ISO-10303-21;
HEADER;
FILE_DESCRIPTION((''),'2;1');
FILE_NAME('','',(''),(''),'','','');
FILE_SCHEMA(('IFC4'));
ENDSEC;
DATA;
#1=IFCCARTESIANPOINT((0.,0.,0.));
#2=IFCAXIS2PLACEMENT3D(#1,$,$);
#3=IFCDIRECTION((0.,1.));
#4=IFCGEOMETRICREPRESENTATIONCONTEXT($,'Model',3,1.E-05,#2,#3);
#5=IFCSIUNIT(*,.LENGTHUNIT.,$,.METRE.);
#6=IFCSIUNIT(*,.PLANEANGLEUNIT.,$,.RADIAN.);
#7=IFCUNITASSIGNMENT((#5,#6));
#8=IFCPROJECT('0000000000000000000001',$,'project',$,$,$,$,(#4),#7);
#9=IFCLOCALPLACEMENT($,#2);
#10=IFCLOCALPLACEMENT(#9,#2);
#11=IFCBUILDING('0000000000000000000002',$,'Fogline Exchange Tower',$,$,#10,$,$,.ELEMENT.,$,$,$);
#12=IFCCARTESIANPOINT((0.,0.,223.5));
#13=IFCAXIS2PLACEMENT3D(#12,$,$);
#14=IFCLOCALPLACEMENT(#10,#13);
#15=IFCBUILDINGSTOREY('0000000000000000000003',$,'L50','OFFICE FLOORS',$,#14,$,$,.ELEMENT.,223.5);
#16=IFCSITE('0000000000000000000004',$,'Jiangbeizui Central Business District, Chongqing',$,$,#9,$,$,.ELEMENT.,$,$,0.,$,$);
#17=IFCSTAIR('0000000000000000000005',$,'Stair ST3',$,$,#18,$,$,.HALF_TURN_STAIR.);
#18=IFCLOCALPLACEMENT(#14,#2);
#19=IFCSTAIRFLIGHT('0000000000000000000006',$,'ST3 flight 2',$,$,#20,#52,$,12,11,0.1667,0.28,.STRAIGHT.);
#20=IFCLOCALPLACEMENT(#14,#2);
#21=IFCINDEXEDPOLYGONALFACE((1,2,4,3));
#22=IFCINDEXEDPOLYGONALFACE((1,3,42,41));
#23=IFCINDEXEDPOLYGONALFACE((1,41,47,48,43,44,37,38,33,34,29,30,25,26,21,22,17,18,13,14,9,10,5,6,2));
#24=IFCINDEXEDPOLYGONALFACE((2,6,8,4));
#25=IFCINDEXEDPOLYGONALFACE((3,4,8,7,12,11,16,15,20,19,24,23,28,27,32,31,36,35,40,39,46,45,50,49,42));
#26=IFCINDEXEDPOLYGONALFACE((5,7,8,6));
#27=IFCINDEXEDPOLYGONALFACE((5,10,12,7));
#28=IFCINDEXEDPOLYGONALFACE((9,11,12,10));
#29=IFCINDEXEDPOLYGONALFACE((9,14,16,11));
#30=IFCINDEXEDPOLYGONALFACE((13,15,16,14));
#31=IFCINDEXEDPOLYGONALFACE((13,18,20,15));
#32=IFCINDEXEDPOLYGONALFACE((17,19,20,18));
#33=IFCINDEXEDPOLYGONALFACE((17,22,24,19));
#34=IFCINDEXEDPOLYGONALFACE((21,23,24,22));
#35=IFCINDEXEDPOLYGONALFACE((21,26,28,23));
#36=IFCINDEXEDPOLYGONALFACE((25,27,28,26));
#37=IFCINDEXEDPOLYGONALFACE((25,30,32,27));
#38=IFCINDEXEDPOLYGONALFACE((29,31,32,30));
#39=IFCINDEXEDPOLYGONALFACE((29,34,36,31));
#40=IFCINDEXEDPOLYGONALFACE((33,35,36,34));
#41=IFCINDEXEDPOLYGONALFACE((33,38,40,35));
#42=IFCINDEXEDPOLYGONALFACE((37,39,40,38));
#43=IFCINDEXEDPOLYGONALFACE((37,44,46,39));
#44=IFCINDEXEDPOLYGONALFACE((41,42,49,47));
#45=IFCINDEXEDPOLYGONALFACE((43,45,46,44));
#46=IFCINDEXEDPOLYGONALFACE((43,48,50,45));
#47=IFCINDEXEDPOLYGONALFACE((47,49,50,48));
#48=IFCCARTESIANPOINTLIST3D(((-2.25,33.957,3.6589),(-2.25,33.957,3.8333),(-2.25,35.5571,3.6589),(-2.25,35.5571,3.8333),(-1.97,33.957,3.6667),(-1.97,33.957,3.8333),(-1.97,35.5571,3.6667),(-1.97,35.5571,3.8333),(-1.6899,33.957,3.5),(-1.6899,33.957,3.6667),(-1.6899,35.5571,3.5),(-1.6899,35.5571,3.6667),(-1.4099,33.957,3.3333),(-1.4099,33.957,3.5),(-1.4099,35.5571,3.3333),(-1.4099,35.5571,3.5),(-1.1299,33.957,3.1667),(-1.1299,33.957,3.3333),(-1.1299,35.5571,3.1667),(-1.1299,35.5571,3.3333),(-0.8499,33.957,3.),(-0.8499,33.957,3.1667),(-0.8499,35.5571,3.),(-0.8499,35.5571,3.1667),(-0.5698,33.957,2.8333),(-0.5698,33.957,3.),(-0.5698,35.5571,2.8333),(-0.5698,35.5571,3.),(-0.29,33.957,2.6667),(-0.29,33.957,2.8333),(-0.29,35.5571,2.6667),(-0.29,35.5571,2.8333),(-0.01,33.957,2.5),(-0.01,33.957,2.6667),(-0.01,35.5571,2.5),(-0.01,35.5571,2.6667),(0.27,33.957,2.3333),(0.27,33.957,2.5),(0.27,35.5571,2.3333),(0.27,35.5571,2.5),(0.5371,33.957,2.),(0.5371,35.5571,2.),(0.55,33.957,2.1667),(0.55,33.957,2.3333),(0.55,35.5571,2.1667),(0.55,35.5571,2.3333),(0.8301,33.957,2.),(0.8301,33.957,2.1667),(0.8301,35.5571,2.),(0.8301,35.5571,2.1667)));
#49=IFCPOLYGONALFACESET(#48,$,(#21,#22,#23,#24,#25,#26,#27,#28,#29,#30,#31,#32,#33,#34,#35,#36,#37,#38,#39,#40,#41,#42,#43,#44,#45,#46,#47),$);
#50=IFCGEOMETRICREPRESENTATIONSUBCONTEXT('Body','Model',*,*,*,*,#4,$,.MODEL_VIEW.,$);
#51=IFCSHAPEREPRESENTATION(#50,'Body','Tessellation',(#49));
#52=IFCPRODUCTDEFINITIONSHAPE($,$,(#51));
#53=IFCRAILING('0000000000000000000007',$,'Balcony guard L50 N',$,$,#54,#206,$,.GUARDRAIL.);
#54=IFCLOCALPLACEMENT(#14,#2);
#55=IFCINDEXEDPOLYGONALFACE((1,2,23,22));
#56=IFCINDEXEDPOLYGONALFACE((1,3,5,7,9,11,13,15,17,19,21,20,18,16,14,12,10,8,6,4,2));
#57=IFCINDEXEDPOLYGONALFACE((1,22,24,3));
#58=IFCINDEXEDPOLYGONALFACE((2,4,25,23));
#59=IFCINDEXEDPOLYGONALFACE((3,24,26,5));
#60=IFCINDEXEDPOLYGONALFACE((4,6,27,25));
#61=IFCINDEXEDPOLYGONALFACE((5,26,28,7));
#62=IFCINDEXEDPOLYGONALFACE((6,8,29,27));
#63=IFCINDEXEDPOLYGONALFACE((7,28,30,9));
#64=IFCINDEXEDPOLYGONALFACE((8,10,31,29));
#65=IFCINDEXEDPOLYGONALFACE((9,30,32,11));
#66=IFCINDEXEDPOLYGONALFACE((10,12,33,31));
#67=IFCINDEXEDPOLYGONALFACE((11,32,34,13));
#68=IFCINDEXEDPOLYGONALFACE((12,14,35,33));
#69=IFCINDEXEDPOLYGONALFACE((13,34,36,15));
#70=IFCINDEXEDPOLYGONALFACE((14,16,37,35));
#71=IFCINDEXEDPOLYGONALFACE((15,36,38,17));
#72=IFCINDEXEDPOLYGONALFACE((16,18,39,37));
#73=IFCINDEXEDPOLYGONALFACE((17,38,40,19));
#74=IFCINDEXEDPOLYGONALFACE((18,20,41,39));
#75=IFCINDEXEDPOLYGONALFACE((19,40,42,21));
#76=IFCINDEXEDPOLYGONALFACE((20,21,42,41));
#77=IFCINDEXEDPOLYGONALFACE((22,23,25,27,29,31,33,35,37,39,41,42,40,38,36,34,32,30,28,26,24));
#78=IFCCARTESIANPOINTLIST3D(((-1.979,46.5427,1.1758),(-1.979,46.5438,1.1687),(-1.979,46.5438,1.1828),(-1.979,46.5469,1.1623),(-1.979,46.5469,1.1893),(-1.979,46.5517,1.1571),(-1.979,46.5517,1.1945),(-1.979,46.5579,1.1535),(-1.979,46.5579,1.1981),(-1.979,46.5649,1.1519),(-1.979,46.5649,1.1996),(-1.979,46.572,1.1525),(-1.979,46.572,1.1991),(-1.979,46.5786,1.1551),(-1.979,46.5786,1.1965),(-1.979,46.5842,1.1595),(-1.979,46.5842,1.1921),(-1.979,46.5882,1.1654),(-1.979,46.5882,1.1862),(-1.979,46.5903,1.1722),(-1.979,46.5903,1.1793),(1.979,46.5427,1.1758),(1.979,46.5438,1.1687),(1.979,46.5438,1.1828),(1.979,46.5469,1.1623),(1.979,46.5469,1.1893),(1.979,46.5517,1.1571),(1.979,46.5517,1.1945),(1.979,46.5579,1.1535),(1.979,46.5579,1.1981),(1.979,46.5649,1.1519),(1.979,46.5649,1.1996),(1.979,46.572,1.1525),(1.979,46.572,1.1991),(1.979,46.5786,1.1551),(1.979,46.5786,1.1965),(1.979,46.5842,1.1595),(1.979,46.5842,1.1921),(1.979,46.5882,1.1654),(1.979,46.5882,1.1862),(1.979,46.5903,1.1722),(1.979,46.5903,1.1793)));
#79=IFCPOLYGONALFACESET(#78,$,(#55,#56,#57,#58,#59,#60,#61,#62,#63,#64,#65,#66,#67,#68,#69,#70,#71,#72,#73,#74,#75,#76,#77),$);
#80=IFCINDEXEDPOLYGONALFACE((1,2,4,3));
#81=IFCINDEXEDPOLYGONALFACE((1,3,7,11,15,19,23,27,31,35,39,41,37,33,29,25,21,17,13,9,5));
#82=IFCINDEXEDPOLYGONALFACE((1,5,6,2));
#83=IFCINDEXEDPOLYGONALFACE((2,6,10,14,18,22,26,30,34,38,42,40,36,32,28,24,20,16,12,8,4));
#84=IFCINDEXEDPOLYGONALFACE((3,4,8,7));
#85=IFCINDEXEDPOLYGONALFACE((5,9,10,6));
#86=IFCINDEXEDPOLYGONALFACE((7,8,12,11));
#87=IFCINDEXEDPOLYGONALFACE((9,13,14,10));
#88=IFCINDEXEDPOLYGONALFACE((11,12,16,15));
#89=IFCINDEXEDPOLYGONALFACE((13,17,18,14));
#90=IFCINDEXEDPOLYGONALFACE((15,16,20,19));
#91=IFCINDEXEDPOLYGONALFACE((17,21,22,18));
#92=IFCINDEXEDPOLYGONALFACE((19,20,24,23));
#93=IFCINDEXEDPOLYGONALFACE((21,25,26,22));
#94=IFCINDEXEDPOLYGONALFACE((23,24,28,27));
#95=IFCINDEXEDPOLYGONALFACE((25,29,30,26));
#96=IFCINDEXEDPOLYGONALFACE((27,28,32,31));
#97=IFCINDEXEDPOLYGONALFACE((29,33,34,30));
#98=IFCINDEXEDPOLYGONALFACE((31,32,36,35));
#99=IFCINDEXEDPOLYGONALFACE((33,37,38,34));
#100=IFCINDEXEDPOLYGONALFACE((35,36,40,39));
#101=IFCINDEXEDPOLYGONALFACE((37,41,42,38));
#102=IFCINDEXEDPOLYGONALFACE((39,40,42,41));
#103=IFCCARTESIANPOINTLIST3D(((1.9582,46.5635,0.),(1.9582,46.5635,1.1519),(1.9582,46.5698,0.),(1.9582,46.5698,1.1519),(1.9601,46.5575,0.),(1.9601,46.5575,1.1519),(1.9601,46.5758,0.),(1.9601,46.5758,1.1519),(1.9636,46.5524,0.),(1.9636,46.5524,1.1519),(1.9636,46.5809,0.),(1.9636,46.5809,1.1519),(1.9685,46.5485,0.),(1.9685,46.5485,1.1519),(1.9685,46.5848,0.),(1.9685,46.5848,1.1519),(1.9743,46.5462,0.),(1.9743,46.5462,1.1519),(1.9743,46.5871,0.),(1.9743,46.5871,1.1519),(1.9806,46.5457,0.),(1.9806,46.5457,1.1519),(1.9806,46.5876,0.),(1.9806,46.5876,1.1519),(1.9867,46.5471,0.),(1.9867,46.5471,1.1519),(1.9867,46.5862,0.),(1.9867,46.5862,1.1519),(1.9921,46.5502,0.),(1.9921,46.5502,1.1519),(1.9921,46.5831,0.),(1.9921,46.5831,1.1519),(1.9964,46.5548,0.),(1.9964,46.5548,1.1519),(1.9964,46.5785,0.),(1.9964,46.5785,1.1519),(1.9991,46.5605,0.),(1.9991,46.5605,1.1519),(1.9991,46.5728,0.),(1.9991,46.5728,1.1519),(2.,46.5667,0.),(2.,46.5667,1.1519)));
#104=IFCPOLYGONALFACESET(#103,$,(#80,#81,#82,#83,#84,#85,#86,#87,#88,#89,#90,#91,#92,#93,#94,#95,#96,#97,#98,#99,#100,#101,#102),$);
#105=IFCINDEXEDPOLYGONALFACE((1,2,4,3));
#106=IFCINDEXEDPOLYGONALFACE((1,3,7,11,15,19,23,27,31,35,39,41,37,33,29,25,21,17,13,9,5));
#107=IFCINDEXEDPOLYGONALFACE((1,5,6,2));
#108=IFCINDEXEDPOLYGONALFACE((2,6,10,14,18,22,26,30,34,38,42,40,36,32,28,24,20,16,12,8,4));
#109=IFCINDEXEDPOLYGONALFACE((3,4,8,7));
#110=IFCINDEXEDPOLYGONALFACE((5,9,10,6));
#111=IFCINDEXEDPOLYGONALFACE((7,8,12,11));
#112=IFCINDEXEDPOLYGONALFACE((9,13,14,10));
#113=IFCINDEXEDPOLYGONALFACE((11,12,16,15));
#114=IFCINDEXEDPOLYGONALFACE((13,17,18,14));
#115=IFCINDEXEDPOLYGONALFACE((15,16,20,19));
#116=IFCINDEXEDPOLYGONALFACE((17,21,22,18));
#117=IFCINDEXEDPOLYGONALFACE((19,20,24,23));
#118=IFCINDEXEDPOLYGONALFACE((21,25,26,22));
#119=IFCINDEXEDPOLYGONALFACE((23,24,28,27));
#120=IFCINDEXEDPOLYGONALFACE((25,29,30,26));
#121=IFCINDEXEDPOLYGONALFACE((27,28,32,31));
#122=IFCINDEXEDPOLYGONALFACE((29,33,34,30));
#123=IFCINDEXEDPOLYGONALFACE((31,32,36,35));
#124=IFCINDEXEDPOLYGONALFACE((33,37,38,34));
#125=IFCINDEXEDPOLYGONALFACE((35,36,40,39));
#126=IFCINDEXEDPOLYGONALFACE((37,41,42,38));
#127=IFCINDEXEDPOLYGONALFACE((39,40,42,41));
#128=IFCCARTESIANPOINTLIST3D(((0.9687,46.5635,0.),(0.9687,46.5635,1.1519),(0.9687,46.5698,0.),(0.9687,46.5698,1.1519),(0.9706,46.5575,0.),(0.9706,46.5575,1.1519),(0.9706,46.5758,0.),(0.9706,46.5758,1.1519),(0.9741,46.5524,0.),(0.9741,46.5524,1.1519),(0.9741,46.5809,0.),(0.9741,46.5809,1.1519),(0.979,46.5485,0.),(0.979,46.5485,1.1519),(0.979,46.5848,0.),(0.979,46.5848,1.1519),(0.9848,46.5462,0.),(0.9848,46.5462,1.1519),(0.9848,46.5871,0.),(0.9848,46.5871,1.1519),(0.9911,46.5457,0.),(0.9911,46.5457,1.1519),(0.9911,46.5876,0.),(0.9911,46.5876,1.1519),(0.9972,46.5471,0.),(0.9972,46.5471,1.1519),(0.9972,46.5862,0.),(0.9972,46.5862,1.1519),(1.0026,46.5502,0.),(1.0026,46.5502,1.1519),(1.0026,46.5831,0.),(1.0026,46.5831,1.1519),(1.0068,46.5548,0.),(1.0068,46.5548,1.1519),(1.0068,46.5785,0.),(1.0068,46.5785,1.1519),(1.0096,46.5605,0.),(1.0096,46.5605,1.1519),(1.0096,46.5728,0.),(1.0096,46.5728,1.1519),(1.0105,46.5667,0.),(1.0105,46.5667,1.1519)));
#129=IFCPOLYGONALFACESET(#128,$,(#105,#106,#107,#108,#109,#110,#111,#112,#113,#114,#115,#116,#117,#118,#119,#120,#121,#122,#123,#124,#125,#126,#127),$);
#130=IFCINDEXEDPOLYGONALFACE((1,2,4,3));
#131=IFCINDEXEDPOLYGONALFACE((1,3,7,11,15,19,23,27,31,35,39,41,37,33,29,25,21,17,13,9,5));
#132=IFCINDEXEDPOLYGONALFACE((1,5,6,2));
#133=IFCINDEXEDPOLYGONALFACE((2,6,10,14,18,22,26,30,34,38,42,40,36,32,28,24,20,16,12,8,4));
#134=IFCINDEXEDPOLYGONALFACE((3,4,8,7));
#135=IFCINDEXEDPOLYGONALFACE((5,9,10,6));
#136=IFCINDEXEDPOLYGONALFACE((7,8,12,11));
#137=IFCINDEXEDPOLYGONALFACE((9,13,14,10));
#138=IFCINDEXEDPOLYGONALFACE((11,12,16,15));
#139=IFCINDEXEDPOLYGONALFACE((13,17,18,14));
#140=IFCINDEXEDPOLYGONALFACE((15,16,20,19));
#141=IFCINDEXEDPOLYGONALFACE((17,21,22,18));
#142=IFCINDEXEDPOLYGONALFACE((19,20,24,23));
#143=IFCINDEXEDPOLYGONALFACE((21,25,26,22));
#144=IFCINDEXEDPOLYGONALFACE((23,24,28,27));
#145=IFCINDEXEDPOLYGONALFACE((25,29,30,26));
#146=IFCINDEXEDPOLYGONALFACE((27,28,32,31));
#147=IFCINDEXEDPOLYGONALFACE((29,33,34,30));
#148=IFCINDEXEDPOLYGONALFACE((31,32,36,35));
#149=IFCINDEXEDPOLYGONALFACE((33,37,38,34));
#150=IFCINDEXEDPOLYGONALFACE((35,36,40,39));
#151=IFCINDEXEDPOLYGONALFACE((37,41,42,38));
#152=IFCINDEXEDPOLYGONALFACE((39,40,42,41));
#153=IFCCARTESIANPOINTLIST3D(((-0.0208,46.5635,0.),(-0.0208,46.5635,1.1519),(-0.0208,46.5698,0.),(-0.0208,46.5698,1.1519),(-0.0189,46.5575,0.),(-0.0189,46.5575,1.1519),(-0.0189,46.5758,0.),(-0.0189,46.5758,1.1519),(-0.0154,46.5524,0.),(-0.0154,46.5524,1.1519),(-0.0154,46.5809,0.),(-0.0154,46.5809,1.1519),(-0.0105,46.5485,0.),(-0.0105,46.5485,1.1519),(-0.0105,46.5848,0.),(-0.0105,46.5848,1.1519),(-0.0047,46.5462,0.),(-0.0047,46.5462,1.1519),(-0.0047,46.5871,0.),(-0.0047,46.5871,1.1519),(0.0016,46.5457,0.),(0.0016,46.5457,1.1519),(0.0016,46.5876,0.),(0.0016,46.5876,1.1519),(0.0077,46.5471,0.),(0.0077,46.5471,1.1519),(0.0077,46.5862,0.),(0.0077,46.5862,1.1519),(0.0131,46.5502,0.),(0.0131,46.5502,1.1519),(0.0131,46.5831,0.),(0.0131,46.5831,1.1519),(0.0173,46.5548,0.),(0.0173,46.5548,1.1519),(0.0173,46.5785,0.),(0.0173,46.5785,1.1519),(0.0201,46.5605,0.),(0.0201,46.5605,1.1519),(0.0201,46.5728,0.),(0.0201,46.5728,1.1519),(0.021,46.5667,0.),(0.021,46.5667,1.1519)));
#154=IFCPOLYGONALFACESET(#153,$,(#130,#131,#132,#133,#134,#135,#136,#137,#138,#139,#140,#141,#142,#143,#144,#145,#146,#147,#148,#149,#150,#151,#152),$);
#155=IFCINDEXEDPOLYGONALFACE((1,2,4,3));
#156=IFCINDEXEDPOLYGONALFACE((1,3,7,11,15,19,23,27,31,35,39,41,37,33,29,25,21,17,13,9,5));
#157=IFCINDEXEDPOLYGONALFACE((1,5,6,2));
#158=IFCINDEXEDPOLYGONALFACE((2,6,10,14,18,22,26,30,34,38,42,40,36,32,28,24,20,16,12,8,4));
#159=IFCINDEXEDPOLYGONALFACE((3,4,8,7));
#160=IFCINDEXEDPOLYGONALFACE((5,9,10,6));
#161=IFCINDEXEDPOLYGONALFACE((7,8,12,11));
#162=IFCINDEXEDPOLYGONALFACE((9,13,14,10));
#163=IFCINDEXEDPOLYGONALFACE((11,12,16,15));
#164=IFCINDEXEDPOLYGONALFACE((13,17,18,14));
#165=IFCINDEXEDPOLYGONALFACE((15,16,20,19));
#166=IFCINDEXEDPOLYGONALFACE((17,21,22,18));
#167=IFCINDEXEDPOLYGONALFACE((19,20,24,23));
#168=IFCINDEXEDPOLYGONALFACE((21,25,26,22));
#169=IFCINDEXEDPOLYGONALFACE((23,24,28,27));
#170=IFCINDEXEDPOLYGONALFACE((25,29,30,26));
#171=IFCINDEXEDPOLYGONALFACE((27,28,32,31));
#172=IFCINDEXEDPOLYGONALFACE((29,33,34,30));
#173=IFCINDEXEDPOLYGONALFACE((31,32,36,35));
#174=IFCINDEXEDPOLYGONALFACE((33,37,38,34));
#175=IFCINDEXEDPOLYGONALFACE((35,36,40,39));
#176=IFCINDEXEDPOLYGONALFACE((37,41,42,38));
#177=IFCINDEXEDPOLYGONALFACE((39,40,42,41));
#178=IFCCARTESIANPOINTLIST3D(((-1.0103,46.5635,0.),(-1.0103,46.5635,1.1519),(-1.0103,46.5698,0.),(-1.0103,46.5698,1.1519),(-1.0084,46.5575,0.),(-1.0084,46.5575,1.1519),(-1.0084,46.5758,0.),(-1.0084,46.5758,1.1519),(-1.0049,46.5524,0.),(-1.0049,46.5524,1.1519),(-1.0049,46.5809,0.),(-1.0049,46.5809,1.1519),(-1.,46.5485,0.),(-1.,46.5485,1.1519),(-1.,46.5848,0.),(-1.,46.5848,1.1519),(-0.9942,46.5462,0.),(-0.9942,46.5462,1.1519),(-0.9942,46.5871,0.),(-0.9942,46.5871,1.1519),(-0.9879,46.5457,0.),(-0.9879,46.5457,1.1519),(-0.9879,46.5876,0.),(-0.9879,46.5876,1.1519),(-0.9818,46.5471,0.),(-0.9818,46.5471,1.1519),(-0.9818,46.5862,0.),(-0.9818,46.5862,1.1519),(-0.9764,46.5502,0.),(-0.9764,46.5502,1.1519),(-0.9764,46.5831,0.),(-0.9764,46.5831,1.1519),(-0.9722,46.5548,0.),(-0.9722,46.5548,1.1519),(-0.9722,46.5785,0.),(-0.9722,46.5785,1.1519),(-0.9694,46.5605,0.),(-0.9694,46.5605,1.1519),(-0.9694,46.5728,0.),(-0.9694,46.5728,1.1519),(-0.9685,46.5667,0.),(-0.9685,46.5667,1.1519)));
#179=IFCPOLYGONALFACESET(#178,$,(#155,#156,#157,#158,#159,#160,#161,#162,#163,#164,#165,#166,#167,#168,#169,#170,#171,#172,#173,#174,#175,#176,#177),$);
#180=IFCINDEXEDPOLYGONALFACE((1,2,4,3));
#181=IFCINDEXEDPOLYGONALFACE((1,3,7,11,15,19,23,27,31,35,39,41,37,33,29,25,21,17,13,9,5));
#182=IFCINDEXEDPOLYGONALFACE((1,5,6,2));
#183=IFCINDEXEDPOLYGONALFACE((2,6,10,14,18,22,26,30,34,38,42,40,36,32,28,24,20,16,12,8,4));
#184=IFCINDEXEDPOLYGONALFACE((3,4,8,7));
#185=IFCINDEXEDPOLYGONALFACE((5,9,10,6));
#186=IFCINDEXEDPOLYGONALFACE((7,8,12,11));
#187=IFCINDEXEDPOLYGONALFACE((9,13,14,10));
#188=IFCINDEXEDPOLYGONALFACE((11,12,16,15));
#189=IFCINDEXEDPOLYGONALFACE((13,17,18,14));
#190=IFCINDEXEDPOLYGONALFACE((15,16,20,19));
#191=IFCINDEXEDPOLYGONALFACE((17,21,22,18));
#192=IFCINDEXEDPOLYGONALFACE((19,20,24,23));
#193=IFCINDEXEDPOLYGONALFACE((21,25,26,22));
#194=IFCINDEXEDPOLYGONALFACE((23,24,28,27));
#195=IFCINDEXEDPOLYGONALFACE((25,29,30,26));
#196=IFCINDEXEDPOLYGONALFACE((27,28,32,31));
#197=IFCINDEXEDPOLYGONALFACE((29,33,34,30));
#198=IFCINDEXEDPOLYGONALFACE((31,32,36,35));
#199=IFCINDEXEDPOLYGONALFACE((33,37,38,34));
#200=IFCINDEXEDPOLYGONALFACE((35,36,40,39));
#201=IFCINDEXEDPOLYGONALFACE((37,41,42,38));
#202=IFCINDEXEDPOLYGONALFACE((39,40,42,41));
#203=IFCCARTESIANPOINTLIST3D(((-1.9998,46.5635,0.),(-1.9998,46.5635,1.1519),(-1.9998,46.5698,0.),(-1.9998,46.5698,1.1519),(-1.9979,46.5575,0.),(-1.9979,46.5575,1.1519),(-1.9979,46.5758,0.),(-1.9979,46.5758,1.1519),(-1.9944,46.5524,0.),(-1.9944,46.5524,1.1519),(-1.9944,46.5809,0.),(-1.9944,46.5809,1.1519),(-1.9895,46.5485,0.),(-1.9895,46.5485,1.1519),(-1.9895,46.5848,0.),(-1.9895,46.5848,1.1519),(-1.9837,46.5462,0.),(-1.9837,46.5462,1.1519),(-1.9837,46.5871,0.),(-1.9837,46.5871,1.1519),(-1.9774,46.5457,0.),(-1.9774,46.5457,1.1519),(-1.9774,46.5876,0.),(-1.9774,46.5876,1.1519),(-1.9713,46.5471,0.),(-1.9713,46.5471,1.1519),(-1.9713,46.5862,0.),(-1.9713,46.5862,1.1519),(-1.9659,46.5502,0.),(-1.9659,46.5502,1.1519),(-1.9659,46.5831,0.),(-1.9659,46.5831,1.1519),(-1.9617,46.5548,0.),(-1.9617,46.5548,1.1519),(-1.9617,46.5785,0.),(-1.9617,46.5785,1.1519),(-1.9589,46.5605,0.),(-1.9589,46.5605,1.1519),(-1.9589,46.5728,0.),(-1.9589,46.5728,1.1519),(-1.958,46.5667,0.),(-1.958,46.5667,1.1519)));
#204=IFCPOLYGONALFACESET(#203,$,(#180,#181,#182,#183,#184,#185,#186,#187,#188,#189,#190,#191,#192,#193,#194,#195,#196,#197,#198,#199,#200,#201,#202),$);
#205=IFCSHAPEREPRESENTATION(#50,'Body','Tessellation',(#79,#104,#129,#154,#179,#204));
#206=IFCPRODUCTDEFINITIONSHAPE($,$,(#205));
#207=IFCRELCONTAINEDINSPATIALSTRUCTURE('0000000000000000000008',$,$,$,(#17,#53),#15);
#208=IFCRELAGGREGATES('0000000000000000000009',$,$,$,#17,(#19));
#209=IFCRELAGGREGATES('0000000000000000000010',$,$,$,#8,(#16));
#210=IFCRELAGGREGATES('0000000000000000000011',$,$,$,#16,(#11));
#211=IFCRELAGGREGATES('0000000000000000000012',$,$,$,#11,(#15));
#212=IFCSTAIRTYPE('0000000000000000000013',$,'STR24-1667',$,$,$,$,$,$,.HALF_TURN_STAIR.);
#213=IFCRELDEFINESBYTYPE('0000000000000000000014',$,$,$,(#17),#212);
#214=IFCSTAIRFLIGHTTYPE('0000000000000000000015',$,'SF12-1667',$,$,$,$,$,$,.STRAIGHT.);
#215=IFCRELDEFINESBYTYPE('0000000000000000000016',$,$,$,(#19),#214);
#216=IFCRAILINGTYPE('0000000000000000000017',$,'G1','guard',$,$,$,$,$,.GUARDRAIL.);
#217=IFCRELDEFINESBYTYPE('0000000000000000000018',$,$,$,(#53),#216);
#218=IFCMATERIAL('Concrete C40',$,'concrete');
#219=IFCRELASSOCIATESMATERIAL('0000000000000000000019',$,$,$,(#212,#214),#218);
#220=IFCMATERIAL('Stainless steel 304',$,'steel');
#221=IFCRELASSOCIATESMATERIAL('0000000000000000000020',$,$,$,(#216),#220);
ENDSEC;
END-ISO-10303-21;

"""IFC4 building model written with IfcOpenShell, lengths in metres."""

from ifc_helpers import new_model, si_unit, direction, frame, origin, origin_2d, place, context, subcontext, project, spatial, polyline, circle, outline, extrude, material, type_object, element, aggregate, save


model = new_model("IFC4")

# Units and contexts
model_context = context("Model", 3, precision=1e-05, world=origin(), true_north=direction((0.0, 1.0)))
body_context = subcontext(model_context, "Body", "Model", "MODEL_VIEW")
ifc_project = project(units=[si_unit("LENGTHUNIT", "METRE"), si_unit("PLANEANGLEUNIT", "RADIAN")], contexts=[model_context])

# Site, building, storey
site_placement = place(None, origin())
site = spatial("IfcSite", under=ifc_project, at=site_placement, Name="Jiangbeizui Central Business District, Chongqing", CompositionType="ELEMENT", RefElevation=0.0)
building_placement = place(site_placement, origin())
building = spatial("IfcBuilding", under=site, at=building_placement, Name="Fogline Exchange Tower", CompositionType="ELEMENT")
storey_placement = place(building_placement, frame((0.0, 0.0, 223.5)))
storey = spatial("IfcBuildingStorey", under=building, at=storey_placement, Name="L50", Description="OFFICE FLOORS", CompositionType="ELEMENT", Elevation=223.5)

# Shared definitions
ifc_material_1 = material(Name="Concrete C40", Category="concrete")

# Stair, stair flight
stair_type = type_object("IfcStairType", Name="STR24-1667", PredefinedType="HALF_TURN_STAIR", material=ifc_material_1)
stair_placement = place(storey_placement, origin())
stair = element("IfcStair", 1, at=stair_placement, inside=storey, type_object=stair_type, Name="Stair ST3", PredefinedType="HALF_TURN_STAIR")
stair_flight_type = type_object("IfcStairFlightType", Name="SF12-1667", PredefinedType="STRAIGHT", material=ifc_material_1)
stair_flight_placement = place(storey_placement, frame((0.8301, 34.7571, 2.0), z_axis=(0.0, 0.0, 1.0), x_axis=(-1.0, 0.0, 0.0)))
stair_flight = element("IfcStairFlight", 2, at=stair_flight_placement, type_object=stair_flight_type, Name="ST3 flight 2", NumberOfRisers=12, NumberOfTreads=11, PredefinedType="STRAIGHT", RiserHeight=0.1667, TreadLength=0.28, context=body_context, shape_type="SweptSolid", body=[
    extrude(outline(polyline([(0.0, 0.0), (0.0, 0.1667), (0.28, 0.1667), (0.28, 0.3333), (0.5601, 0.3333), (0.5601, 0.5), (0.8401, 0.5), (0.8401, 0.6667), (1.1201, 0.6667), (1.1201, 0.8333), (1.3999, 0.8333), (1.3999, 1.0), (1.6799, 1.0), (1.6799, 1.1667), (1.96, 1.1667), (1.96, 1.3333), (2.24, 1.3333), (2.24, 1.5), (2.52, 1.5), (2.52, 1.6667), (2.8, 1.6667), (2.8, 1.8333), (3.0801, 1.8333), (3.0801, 2.0), (3.0801, 1.6589), (0.293, 0.0), (0.0, 0.0)])), frame((0.0, 0.8, 0.0), z_axis=(0.0, -1.0, 0.0), x_axis=(1.0, 0.0, 0.0)), (0.0, 0.0, 1.0), 1.6001),
])
aggregate(stair, [stair_flight])

# Railing
ifc_material_2 = material(Name="Stainless steel 304", Category="steel")
railing_type = type_object("IfcRailingType", Name="G1", Description="guard", PredefinedType="GUARDRAIL", material=ifc_material_2)
railing_placement = place(storey_placement, frame((1.979, 46.5667, 0.0)))
element("IfcRailing", 3, at=railing_placement, inside=storey, type_object=railing_type, Name="Balcony guard L50 N", PredefinedType="GUARDRAIL", context=body_context, shape_type="SweptSolid", body=[
    extrude(circle(Radius=0.0239, at=origin_2d()), frame((0.0, 0.0, 1.1758), z_axis=(-1.0, 0.0, 0.0), x_axis=(0.0, -1.0, 0.0)), (0.0, 0.0, 1.0), 3.958),
    extrude(circle(Radius=0.021, at=origin_2d()), origin(), (0.0, 0.0, 1.0), 1.1519),
    extrude(circle(Radius=0.021, at=origin_2d()), frame((-0.9895, 0.0, 0.0)), (0.0, 0.0, 1.0), 1.1519),
    extrude(circle(Radius=0.021, at=origin_2d()), frame((-1.979, 0.0, 0.0)), (0.0, 0.0, 1.0), 1.1519),
    extrude(circle(Radius=0.021, at=origin_2d()), frame((-2.9685, 0.0, 0.0)), (0.0, 0.0, 1.0), 1.1519),
    extrude(circle(Radius=0.021, at=origin_2d()), frame((-3.958, 0.0, 0.0)), (0.0, 0.0, 1.0), 1.1519),
])

save(model, "model.ifc")
